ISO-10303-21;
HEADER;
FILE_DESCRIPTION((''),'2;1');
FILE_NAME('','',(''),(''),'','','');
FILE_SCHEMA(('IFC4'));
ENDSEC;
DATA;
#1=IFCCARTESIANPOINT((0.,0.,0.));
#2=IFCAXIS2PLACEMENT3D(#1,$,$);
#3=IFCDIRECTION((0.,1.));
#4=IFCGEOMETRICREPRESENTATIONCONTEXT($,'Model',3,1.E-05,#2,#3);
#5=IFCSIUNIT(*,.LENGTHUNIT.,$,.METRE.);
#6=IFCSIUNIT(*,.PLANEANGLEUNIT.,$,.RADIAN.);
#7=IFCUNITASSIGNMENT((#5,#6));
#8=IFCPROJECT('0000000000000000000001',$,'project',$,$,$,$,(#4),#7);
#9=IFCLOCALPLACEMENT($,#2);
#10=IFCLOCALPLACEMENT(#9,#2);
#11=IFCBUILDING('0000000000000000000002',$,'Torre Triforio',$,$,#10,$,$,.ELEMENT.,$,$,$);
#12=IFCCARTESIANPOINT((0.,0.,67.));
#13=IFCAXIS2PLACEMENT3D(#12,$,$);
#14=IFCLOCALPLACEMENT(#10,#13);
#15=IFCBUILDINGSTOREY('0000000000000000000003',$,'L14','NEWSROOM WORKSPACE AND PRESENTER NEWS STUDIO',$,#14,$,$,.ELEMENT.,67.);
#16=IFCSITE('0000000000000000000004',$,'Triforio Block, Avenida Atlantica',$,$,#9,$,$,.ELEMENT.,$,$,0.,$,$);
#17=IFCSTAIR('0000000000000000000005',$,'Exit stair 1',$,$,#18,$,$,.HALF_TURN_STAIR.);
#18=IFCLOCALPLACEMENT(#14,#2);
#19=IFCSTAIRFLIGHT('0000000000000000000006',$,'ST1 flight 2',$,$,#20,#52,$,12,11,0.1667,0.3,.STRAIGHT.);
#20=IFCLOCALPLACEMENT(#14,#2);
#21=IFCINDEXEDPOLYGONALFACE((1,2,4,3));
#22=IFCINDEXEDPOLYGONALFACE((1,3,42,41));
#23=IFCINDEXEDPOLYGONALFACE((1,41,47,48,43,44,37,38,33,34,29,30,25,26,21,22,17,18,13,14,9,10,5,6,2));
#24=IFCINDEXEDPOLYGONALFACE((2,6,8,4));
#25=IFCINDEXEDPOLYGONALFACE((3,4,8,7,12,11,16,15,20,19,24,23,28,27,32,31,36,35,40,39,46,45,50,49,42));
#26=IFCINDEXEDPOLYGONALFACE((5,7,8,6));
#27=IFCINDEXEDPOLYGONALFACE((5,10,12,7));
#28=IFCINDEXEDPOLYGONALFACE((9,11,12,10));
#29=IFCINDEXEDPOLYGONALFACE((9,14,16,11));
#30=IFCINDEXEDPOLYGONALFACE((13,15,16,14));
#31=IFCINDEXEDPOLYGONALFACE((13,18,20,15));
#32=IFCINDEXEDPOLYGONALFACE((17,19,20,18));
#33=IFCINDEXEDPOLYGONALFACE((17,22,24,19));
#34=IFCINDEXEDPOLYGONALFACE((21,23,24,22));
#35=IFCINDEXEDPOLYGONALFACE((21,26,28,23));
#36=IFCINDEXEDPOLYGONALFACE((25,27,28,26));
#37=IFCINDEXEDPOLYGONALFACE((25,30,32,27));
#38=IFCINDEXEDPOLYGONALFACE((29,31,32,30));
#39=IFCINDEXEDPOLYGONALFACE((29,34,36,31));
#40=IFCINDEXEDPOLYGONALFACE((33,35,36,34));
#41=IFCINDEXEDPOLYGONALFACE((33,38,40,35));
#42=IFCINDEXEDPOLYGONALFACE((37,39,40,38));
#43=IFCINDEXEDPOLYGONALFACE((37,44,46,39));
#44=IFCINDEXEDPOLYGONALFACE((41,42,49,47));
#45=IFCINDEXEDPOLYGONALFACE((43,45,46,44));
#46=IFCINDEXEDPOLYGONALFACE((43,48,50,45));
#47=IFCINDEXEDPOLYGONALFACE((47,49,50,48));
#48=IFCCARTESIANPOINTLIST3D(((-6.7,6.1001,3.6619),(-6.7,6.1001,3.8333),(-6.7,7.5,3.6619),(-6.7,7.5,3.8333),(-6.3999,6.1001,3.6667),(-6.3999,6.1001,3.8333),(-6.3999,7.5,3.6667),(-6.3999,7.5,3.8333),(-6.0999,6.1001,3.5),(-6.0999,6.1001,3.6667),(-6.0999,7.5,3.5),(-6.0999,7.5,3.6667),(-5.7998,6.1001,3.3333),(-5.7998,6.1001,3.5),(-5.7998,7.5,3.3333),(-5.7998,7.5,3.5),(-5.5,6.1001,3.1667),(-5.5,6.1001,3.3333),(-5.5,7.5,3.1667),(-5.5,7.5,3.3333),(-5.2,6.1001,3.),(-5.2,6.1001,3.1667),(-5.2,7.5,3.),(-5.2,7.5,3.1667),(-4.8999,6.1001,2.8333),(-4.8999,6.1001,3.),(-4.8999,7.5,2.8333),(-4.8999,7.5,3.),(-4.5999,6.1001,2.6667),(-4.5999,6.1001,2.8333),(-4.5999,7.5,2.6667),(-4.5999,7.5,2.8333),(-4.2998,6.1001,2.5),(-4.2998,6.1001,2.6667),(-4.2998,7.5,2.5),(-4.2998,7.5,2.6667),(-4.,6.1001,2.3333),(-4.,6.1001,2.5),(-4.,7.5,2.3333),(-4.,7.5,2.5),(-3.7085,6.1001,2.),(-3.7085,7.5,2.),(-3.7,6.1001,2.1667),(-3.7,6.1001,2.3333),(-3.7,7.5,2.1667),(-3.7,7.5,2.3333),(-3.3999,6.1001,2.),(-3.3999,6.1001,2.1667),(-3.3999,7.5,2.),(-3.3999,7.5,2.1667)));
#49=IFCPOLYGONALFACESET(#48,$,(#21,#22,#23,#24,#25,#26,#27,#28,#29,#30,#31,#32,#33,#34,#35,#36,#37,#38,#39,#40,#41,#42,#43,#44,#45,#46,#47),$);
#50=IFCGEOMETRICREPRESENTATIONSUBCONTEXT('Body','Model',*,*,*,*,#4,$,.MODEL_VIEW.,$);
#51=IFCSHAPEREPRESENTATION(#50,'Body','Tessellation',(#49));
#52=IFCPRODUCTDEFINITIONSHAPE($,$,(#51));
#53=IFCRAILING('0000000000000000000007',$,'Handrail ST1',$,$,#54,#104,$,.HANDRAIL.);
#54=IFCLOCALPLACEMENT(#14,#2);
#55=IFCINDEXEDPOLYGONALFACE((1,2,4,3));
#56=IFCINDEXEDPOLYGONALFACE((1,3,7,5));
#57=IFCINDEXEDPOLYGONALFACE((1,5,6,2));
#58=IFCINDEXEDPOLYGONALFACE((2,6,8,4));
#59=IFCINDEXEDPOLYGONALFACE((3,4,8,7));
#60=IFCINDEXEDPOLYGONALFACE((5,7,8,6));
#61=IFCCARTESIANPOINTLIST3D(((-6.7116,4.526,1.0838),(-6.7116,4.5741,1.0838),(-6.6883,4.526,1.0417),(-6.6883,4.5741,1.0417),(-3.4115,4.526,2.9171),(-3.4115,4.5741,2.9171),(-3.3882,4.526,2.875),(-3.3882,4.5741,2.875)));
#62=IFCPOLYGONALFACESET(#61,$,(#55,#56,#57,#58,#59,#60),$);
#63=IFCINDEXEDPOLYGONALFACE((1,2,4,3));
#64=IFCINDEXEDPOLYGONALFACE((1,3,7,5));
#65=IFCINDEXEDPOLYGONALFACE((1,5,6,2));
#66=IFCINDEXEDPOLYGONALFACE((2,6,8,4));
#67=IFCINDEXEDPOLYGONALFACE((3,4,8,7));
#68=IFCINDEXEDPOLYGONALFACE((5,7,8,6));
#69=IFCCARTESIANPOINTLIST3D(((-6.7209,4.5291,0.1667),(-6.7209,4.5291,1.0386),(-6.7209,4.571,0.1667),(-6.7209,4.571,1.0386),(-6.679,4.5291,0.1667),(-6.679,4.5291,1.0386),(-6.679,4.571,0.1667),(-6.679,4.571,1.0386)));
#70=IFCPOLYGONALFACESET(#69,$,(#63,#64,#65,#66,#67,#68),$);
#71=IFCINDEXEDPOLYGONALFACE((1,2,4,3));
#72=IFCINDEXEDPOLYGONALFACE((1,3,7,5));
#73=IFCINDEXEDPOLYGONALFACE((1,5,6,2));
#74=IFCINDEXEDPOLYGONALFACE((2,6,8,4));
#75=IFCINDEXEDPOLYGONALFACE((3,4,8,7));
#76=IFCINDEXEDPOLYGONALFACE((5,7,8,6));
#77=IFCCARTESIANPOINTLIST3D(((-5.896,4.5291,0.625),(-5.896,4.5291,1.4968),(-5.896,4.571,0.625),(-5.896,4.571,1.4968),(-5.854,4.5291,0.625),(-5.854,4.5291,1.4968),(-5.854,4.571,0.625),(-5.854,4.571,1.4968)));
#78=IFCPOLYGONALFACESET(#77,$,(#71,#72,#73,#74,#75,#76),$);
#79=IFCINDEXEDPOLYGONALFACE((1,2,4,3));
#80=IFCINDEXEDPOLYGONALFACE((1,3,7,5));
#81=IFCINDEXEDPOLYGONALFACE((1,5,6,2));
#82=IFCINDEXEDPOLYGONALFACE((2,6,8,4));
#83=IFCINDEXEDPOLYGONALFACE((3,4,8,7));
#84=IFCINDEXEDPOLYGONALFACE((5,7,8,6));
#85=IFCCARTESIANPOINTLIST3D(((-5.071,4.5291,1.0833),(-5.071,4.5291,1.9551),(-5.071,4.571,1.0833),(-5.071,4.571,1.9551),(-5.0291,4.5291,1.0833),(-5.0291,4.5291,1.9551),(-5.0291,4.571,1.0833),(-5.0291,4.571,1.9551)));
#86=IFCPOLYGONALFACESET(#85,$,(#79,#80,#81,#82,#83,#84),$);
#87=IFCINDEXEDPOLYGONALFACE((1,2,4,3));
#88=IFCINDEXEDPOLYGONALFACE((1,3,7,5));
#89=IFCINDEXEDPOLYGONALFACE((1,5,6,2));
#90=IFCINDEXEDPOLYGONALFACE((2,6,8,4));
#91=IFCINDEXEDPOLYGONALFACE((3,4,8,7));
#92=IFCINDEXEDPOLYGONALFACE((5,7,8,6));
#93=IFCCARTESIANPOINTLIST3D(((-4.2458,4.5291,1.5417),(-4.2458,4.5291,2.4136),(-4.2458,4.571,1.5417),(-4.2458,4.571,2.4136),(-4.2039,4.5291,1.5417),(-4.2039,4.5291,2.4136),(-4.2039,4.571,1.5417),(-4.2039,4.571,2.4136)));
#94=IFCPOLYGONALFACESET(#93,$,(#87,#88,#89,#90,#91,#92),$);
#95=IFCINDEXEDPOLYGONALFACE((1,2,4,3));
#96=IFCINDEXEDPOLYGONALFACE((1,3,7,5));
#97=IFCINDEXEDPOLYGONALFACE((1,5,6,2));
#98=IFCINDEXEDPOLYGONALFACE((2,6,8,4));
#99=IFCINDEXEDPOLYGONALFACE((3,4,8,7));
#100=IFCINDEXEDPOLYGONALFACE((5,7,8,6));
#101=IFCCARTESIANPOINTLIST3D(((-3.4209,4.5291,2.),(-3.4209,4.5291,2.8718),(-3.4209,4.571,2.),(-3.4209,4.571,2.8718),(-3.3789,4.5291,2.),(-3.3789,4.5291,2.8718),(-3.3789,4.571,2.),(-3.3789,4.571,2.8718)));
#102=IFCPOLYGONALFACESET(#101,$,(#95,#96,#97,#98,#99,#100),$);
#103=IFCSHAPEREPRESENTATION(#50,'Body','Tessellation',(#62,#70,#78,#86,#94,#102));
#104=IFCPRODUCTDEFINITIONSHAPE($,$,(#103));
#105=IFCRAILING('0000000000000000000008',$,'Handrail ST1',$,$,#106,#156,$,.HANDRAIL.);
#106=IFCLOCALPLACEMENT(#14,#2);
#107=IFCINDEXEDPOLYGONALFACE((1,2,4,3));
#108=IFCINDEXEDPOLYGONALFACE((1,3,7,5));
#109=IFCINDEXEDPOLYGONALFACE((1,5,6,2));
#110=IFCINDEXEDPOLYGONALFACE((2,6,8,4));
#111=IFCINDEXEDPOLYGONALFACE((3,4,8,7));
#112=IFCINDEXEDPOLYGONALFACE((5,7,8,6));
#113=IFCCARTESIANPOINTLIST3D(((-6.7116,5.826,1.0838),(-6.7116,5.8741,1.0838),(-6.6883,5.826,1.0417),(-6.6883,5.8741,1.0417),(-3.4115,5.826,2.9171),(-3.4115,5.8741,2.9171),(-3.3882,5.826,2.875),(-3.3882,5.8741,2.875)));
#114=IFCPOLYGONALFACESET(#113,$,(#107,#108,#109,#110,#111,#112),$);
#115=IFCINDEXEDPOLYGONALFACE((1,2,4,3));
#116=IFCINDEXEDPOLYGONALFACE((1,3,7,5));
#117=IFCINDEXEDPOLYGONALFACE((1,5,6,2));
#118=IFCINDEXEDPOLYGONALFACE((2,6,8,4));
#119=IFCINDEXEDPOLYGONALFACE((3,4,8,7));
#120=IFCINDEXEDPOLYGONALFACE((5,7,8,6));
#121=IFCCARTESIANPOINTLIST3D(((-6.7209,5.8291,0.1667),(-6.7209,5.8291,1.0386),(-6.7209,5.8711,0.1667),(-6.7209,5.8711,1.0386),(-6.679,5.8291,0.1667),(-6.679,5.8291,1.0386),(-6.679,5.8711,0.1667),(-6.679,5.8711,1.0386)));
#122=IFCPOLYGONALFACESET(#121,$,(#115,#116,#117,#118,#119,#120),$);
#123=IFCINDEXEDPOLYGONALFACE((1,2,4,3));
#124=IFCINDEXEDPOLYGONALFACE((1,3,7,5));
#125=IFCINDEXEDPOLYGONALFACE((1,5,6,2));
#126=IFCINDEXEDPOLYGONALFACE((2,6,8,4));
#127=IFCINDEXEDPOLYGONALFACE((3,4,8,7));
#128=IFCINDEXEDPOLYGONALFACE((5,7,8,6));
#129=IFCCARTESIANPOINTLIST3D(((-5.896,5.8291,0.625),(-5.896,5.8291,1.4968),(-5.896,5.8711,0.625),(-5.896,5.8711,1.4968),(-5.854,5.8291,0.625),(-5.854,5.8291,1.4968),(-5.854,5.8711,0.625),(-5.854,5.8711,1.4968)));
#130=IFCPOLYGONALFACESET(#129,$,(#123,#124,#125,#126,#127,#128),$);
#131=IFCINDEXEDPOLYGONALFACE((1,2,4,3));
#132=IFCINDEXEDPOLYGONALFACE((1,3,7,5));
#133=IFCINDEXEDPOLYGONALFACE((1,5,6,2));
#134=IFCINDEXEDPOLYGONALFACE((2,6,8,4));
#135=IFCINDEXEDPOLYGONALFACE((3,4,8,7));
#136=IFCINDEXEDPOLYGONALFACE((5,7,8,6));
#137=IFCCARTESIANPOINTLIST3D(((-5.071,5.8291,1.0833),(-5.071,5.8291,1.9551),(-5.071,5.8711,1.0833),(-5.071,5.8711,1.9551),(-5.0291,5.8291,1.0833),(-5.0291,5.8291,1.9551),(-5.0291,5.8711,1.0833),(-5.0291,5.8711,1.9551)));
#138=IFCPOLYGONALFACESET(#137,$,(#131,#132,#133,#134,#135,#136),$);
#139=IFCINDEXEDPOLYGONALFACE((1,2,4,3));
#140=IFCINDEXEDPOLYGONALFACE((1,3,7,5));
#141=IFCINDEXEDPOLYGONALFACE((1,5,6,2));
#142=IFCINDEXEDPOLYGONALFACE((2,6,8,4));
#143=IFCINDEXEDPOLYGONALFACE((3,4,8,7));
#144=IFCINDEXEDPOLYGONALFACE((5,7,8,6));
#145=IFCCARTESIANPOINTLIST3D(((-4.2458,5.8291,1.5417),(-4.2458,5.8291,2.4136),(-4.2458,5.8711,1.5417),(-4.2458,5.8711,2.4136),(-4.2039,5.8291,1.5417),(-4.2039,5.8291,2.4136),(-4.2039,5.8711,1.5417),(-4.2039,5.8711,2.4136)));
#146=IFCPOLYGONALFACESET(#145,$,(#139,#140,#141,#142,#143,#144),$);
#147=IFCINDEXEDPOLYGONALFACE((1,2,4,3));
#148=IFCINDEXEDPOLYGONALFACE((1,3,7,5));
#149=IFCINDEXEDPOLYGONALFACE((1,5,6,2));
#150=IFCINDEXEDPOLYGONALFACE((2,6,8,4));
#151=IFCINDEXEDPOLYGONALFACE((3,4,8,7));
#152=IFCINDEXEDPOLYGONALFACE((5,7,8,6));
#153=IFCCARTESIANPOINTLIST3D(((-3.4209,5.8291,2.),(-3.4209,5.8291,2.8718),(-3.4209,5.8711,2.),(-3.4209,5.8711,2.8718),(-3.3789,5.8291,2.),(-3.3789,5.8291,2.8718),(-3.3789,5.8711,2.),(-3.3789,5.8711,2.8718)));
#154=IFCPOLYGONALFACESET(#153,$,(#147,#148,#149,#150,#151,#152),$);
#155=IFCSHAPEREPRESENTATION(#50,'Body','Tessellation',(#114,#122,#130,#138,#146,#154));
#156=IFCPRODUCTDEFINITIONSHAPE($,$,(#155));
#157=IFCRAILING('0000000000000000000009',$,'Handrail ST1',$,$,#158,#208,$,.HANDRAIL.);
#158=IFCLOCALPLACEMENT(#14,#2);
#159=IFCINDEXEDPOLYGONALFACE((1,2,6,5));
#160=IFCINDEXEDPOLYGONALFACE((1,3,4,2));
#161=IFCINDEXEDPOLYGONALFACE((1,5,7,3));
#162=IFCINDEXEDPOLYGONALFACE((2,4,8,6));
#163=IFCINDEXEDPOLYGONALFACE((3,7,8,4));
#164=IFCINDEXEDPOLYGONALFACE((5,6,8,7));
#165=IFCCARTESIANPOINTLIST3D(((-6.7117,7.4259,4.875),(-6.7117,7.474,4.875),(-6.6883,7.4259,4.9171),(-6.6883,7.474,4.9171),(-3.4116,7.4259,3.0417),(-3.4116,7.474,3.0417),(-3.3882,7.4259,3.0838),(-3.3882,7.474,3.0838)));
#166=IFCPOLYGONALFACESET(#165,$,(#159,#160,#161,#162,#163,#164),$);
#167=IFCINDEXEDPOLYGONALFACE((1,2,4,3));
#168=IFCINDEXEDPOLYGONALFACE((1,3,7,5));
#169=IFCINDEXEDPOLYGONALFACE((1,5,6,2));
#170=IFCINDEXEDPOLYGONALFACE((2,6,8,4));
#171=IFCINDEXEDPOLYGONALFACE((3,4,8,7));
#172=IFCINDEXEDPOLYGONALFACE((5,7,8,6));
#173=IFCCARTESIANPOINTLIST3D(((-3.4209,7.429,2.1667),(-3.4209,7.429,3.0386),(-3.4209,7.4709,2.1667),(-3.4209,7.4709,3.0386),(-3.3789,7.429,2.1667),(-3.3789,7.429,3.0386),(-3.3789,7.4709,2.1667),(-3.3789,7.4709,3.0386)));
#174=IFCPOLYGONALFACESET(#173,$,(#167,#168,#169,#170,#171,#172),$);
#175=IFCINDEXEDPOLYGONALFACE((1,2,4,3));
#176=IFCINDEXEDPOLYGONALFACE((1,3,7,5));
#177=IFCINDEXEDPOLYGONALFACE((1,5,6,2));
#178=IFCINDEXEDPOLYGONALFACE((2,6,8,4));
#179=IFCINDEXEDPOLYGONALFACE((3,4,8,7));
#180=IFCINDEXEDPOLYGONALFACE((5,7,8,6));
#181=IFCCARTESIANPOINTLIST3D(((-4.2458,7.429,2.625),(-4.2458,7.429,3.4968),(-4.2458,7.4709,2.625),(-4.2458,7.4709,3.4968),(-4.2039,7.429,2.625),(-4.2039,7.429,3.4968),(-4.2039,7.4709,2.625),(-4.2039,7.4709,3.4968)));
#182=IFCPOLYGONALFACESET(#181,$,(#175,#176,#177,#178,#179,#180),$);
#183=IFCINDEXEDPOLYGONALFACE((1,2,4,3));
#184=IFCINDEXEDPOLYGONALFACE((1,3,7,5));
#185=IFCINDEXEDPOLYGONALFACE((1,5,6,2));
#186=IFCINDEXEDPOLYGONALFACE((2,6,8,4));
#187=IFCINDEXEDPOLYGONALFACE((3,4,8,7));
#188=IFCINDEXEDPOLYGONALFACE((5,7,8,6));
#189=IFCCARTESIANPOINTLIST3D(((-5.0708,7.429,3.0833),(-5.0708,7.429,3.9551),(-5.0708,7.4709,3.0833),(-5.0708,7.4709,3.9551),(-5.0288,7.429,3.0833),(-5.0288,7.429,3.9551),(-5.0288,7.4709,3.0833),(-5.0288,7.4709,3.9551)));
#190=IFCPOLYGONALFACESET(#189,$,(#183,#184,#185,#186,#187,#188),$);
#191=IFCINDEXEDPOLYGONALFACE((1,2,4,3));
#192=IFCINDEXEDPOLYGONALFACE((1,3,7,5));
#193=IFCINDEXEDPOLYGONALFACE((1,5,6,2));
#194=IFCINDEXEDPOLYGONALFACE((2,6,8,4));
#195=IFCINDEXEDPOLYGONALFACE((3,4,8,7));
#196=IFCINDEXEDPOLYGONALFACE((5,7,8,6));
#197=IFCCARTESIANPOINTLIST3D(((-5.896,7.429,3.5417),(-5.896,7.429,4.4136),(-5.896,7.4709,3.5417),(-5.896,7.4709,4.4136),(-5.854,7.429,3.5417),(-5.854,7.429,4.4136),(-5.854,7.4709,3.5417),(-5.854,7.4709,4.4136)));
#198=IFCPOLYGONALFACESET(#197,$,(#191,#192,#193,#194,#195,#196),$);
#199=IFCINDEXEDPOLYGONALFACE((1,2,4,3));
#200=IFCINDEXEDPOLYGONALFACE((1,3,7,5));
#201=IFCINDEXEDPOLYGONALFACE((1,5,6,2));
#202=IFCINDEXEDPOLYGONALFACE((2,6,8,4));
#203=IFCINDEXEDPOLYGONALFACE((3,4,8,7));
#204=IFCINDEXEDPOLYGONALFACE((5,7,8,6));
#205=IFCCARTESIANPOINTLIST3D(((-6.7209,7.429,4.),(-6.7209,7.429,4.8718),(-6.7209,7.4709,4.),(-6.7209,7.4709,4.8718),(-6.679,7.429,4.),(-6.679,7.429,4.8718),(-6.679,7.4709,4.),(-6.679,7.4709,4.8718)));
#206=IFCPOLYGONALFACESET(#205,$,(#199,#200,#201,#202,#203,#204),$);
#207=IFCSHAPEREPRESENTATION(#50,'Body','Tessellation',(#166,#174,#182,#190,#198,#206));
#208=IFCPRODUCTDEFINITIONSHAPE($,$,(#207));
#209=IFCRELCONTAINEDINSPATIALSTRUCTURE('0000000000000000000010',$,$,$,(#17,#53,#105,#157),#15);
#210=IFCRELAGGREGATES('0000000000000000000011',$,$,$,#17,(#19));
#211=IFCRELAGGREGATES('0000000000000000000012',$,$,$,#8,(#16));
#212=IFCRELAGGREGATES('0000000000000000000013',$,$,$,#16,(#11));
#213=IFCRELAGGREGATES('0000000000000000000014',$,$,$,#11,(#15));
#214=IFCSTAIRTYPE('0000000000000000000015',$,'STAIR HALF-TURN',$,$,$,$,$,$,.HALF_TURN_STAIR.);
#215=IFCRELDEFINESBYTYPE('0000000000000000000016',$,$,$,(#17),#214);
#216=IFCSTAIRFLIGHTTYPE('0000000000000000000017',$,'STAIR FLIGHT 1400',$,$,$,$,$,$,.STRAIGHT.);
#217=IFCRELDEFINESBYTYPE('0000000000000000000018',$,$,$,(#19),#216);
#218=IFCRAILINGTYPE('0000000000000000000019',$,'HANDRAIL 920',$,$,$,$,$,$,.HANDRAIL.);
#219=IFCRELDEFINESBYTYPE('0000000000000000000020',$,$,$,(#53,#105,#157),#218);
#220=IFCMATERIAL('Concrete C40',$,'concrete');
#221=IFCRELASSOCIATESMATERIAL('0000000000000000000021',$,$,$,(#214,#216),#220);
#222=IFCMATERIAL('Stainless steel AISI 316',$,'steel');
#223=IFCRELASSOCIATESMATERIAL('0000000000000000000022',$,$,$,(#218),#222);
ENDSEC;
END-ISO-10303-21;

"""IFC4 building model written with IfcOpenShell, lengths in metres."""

from ifc_helpers import new_model, si_unit, direction, frame, origin, origin_2d, place, context, subcontext, project, spatial, polyline, rectangle, outline, extrude, material, type_object, element, aggregate, save


model = new_model("IFC4")

# Units and contexts
model_context = context("Model", 3, precision=1e-05, world=origin(), true_north=direction((0.0, 1.0)))
body_context = subcontext(model_context, "Body", "Model", "MODEL_VIEW")
ifc_project = project(units=[si_unit("LENGTHUNIT", "METRE"), si_unit("PLANEANGLEUNIT", "RADIAN")], contexts=[model_context])

# Site, building, storey
site_placement = place(None, origin())
site = spatial("IfcSite", under=ifc_project, at=site_placement, Name="Triforio Block, Avenida Atlantica", CompositionType="ELEMENT", RefElevation=0.0)
building_placement = place(site_placement, origin())
building = spatial("IfcBuilding", under=site, at=building_placement, Name="Torre Triforio", CompositionType="ELEMENT")
storey_placement = place(building_placement, frame((0.0, 0.0, 67.0)))
storey = spatial("IfcBuildingStorey", under=building, at=storey_placement, Name="L14", Description="NEWSROOM WORKSPACE AND PRESENTER NEWS STUDIO", CompositionType="ELEMENT", Elevation=67.0)

# Stair, stair flight
ifc_material_1 = material(Name="Concrete C40", Category="concrete")
stair_type = type_object("IfcStairType", Name="STAIR HALF-TURN", PredefinedType="HALF_TURN_STAIR", material=ifc_material_1)
stair_placement = place(storey_placement, origin())
stair = element("IfcStair", 1, at=stair_placement, inside=storey, type_object=stair_type, Name="Exit stair 1", PredefinedType="HALF_TURN_STAIR")
stair_flight_type = type_object("IfcStairFlightType", Name="STAIR FLIGHT 1400", PredefinedType="STRAIGHT", material=ifc_material_1)
stair_flight_1_placement = place(storey_placement, frame((-3.3999, 6.8, 2.0), z_axis=(0.0, 0.0, 1.0), x_axis=(-1.0, 0.0, 0.0)))
stair_flight_1 = element("IfcStairFlight", 2, at=stair_flight_1_placement, type_object=stair_flight_type, Name="ST1 flight 2", NumberOfRisers=12, NumberOfTreads=11, PredefinedType="STRAIGHT", RiserHeight=0.1667, TreadLength=0.3, context=body_context, shape_type="SweptSolid", body=[
    extrude(outline(polyline([(0.0, 0.0), (0.0, 0.1667), (0.3, 0.1667), (0.3, 0.3333), (0.6001, 0.3333), (0.6001, 0.5), (0.8999, 0.5), (0.8999, 0.6667), (1.2, 0.6667), (1.2, 0.8333), (1.5, 0.8333), (1.5, 1.0), (1.8, 1.0), (1.8, 1.1667), (2.1001, 1.1667), (2.1001, 1.3333), (2.3999, 1.3333), (2.3999, 1.5), (2.7, 1.5), (2.7, 1.6667), (3.0, 1.6667), (3.0, 1.8333), (3.3, 1.8333), (3.3, 2.0), (3.3, 1.6619), (0.3086, 0.0), (0.0, 0.0)])), frame((0.0, 0.7, 0.0), z_axis=(0.0, -1.0, 0.0), x_axis=(1.0, 0.0, 0.0)), (0.0, 0.0, 1.0), 1.3999),
])
aggregate(stair, [stair_flight_1])

# Railings
ifc_material_2 = material(Name="Stainless steel AISI 316", Category="steel")
railing_type = type_object("IfcRailingType", Name="HANDRAIL 920", PredefinedType="HANDRAIL", material=ifc_material_2)
for number, where, name in (
    (3, (-6.7, 4.55, 0.1667), "Handrail ST1"),
    (4, (-6.7, 5.8501, 0.1667), "Handrail ST1"),
):
    element("IfcRailing", number, at=place(storey_placement, frame(where)), inside=storey, type_object=railing_type, Name=name, PredefinedType="HANDRAIL", context=body_context, shape_type="SweptSolid", body=[
        extrude(rectangle(XDim=0.0481, YDim=0.0481, at=origin_2d()), frame((0.0, 0.0, 0.896), z_axis=(0.874169, 0.0, 0.485621), x_axis=(0.0, 1.0, 0.0)), (0.0, 0.0, 1.0), 3.7751),
        extrude(rectangle(XDim=0.042, YDim=0.042, at=origin_2d()), origin(), (0.0, 0.0, 1.0), 0.8718),
        extrude(rectangle(XDim=0.042, YDim=0.042, at=origin_2d()), frame((0.825, 0.0, 0.4583)), (0.0, 0.0, 1.0), 0.8718),
        extrude(rectangle(XDim=0.042, YDim=0.042, at=origin_2d()), frame((1.6499, 0.0, 0.9165)), (0.0, 0.0, 1.0), 0.8718),
        extrude(rectangle(XDim=0.042, YDim=0.042, at=origin_2d()), frame((2.4751, 0.0, 1.375)), (0.0, 0.0, 1.0), 0.8718),
        extrude(rectangle(XDim=0.042, YDim=0.042, at=origin_2d()), frame((3.3, 0.0, 1.8333)), (0.0, 0.0, 1.0), 0.8718),
    ])
for number, where, name in (
    (5, (-3.3999, 7.45, 2.1667), "Handrail ST1"),
):
    element("IfcRailing", number, at=place(storey_placement, frame(where)), inside=storey, type_object=railing_type, Name=name, PredefinedType="HANDRAIL", context=body_context, shape_type="SweptSolid", body=[
        extrude(rectangle(XDim=0.0481, YDim=0.0481, at=origin_2d()), frame((0.0, 0.0, 0.896), z_axis=(-0.874169, 0.0, 0.485621), x_axis=(0.0, -1.0, 0.0)), (0.0, 0.0, 1.0), 3.7751),
        extrude(rectangle(XDim=0.042, YDim=0.042, at=origin_2d()), origin(), (0.0, 0.0, 1.0), 0.8718),
        extrude(rectangle(XDim=0.042, YDim=0.042, at=origin_2d()), frame((-0.825, 0.0, 0.4583)), (0.0, 0.0, 1.0), 0.8718),
        extrude(rectangle(XDim=0.042, YDim=0.042, at=origin_2d()), frame((-1.6499, 0.0, 0.9165)), (0.0, 0.0, 1.0), 0.8718),
        extrude(rectangle(XDim=0.042, YDim=0.042, at=origin_2d()), frame((-2.4751, 0.0, 1.375)), (0.0, 0.0, 1.0), 0.8718),
        extrude(rectangle(XDim=0.042, YDim=0.042, at=origin_2d()), frame((-3.3, 0.0, 1.8333)), (0.0, 0.0, 1.0), 0.8718),
    ])

save(model, "model.ifc")
